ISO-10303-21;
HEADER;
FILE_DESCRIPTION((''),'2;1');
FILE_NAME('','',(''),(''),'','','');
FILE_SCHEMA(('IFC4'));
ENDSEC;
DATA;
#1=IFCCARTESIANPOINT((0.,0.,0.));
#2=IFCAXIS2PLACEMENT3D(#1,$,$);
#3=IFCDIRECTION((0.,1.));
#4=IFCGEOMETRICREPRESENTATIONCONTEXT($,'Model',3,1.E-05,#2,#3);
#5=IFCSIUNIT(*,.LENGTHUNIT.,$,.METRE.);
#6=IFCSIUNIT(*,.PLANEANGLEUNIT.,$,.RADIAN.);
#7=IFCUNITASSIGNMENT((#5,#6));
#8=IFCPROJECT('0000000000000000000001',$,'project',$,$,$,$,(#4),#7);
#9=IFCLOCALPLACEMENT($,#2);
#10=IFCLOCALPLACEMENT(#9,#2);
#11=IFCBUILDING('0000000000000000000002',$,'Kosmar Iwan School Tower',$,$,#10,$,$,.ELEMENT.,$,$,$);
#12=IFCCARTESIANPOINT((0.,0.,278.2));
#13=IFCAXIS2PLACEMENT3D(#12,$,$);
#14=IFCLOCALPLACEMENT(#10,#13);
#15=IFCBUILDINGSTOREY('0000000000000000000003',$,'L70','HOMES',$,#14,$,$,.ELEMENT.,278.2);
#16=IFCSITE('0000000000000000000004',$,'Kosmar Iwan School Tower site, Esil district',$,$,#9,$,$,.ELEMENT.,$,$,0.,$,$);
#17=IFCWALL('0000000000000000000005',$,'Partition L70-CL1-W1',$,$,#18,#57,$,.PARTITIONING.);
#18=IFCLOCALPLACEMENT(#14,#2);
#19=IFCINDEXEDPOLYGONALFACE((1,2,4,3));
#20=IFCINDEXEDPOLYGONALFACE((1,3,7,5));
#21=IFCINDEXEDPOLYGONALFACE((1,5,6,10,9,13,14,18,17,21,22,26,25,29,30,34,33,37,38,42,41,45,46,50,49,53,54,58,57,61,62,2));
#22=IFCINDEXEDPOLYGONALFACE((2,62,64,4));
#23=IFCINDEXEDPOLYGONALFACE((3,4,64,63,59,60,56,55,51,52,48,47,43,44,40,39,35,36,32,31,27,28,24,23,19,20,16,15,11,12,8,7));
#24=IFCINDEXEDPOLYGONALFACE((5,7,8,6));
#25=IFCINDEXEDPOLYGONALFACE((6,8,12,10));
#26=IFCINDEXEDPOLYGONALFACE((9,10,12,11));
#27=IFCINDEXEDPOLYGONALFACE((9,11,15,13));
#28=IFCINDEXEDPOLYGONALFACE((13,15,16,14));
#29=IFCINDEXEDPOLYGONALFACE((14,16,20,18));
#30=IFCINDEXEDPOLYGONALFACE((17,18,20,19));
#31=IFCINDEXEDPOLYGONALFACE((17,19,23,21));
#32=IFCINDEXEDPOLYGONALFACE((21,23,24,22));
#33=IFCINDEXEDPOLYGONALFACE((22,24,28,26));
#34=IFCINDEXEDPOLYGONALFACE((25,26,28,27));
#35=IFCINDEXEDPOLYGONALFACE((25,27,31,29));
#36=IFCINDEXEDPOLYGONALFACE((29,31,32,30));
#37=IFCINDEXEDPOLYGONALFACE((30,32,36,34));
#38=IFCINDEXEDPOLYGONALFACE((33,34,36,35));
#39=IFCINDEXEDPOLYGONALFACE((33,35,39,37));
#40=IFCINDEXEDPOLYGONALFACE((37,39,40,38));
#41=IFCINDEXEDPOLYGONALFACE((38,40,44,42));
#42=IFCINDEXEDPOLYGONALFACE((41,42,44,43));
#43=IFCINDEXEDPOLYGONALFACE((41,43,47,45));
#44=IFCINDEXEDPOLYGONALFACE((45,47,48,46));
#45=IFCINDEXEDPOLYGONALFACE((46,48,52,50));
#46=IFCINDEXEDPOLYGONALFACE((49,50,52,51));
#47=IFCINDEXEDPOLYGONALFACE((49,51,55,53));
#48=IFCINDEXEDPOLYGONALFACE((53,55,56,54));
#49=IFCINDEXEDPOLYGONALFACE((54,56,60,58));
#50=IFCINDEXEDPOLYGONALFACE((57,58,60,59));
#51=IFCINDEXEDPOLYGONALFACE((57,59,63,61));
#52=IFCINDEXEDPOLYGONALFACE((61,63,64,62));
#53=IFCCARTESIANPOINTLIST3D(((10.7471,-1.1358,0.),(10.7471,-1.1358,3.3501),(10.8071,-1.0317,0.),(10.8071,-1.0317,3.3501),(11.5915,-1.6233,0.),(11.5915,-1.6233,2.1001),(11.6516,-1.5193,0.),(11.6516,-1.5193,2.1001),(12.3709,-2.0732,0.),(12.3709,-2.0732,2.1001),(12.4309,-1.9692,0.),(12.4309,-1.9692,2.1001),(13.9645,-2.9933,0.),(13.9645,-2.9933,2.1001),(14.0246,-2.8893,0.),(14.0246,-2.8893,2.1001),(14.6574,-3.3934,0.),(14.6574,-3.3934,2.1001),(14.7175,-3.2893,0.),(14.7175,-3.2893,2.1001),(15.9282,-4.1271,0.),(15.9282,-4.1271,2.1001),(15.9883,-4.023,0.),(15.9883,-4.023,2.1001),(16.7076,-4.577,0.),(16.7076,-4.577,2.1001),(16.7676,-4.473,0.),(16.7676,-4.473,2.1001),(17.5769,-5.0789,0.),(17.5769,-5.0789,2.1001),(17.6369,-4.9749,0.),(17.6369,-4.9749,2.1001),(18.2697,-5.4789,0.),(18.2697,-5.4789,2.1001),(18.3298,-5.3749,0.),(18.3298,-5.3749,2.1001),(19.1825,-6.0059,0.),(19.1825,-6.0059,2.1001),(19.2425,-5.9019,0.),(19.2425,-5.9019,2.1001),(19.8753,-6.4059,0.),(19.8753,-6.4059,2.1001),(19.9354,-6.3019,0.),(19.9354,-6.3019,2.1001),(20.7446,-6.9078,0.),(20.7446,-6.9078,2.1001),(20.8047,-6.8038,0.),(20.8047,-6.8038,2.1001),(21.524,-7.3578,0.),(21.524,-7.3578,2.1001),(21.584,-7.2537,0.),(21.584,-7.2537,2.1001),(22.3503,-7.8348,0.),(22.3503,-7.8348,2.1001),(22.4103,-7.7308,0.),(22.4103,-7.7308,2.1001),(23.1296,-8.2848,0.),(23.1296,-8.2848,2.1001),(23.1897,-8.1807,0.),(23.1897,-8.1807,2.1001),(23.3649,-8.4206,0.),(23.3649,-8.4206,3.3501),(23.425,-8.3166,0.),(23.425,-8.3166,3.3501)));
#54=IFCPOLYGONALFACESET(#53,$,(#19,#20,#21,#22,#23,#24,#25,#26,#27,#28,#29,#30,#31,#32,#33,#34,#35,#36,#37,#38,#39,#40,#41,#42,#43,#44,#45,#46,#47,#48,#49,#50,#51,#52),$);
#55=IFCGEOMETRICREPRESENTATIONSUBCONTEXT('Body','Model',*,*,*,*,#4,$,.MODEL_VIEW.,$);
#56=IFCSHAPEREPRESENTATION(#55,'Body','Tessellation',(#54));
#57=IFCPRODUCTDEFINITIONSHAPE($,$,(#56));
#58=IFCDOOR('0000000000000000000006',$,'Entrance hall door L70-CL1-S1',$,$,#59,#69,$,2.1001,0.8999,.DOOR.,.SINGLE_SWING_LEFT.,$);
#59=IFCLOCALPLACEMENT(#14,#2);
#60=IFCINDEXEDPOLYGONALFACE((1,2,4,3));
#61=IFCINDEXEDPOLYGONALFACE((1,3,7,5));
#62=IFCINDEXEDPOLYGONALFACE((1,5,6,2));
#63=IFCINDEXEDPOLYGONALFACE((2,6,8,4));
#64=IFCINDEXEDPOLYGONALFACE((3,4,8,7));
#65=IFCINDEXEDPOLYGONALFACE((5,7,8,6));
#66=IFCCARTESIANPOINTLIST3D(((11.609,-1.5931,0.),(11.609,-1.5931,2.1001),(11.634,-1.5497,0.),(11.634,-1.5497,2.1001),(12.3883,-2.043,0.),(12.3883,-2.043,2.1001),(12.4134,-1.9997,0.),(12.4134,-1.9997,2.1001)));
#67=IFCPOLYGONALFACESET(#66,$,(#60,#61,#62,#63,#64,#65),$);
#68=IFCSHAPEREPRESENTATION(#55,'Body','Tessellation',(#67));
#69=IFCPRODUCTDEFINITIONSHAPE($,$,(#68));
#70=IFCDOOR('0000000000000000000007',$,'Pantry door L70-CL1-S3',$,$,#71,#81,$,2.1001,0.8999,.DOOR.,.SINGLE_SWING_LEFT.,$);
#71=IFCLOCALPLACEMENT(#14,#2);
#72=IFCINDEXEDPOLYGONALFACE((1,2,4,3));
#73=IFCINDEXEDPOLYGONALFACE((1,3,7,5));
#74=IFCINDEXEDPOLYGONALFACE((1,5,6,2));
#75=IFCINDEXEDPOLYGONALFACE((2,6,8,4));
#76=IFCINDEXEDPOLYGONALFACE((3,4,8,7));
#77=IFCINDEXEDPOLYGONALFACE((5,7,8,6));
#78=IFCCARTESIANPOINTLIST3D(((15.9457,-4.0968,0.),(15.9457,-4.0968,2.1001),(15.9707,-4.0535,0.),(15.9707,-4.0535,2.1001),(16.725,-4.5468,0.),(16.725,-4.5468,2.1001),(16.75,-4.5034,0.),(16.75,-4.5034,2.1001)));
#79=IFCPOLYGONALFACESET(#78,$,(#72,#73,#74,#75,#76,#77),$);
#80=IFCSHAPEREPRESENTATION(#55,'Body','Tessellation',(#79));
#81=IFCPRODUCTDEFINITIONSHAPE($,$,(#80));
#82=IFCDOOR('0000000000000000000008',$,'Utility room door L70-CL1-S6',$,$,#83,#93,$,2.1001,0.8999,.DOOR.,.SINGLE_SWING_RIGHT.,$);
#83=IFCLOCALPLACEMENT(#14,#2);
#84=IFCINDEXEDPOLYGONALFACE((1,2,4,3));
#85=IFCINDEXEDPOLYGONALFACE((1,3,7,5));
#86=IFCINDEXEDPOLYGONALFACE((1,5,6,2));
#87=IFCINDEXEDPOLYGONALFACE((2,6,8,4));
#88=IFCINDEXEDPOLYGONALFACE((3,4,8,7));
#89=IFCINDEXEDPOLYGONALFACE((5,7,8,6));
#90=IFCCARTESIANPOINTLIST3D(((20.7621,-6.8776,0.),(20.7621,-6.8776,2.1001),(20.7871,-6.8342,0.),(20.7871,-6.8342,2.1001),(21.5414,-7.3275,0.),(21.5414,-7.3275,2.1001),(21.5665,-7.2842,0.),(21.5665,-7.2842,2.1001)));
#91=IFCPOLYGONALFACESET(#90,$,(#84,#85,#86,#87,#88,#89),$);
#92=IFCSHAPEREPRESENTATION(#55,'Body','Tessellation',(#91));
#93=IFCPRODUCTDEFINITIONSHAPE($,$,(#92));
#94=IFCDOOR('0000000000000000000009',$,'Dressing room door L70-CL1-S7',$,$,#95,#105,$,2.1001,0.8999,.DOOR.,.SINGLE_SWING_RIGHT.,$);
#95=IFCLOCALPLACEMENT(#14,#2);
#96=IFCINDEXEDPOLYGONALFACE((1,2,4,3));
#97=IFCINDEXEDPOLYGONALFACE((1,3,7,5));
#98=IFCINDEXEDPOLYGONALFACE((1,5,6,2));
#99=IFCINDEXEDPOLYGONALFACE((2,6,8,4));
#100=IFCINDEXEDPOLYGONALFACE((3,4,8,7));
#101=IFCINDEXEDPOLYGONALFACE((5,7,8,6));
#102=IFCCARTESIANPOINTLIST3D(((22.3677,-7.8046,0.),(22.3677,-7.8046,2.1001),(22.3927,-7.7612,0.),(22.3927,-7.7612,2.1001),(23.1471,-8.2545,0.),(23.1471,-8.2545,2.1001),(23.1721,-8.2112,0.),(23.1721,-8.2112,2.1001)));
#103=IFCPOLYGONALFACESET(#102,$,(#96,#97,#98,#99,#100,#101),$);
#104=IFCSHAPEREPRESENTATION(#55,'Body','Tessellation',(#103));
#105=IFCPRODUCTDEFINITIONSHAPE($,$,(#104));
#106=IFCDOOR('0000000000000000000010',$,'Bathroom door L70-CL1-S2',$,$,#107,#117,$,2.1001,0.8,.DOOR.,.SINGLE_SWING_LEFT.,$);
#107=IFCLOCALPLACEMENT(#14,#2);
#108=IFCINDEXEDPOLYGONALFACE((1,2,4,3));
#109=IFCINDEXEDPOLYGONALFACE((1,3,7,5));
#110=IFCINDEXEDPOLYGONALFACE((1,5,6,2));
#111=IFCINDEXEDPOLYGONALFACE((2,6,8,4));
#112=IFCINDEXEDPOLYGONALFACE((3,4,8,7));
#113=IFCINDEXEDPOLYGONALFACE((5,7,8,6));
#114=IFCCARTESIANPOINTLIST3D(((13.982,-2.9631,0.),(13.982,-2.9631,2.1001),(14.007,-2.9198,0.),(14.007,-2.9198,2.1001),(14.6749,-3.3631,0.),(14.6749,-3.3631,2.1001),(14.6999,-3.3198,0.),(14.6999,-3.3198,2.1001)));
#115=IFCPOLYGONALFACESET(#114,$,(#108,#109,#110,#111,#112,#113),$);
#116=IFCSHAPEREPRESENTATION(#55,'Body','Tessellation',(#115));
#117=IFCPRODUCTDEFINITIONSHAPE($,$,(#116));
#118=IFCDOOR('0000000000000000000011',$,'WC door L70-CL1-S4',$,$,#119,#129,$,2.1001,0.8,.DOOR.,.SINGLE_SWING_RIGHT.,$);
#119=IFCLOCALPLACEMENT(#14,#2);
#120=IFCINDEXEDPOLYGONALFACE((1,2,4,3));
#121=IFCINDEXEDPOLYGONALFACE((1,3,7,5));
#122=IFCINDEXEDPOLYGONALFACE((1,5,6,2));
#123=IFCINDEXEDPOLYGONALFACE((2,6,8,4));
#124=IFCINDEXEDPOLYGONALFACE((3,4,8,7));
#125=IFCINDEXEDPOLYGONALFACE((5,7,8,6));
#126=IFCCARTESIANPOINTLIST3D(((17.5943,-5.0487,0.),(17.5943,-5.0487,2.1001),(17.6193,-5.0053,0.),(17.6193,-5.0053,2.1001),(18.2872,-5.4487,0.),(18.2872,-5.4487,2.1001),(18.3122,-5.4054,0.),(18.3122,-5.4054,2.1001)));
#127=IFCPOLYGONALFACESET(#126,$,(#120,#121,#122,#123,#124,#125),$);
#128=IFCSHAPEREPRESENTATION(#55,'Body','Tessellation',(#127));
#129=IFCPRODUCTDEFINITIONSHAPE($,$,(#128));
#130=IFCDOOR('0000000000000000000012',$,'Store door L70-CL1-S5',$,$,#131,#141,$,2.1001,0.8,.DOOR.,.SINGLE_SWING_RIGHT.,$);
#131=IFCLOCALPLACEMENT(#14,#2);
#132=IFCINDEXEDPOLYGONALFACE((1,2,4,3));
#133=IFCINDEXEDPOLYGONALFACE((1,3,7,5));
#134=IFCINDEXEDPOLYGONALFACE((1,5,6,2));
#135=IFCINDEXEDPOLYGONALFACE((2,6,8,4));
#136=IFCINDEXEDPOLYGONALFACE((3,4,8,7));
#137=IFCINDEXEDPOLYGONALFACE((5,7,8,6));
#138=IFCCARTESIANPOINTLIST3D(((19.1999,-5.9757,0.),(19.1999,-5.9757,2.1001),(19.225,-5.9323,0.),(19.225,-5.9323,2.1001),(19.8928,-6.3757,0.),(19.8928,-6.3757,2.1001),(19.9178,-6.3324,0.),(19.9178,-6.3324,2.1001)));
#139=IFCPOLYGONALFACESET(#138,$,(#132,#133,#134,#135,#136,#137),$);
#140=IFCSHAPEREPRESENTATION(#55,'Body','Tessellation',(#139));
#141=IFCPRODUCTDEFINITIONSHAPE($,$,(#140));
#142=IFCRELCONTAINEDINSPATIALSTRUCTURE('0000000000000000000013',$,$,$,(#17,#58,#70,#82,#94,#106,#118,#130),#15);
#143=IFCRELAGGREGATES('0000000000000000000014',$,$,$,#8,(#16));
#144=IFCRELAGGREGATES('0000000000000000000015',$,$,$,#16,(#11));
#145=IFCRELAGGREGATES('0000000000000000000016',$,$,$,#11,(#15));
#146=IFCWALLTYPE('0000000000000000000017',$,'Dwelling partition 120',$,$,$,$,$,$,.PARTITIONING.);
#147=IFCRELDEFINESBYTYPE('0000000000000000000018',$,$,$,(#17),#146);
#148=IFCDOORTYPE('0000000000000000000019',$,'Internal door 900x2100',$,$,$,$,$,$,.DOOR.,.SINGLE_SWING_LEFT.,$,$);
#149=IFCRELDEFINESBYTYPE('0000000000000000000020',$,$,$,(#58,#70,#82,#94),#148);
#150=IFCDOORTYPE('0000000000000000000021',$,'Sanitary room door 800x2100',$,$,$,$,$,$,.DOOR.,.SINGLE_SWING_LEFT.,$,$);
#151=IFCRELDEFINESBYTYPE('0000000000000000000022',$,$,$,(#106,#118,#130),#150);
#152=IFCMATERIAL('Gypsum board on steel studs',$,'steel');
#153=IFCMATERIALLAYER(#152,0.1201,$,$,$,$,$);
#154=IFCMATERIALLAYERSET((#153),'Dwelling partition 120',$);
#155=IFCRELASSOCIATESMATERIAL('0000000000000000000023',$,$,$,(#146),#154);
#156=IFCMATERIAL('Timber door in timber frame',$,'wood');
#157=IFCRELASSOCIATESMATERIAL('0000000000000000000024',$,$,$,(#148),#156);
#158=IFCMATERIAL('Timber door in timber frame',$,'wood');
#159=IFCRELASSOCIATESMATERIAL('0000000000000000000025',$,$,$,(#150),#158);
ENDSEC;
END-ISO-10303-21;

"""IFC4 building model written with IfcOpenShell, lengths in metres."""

from ifc_helpers import new_model, si_unit, direction, frame, frame_2d, origin, place, context, subcontext, project, spatial, rectangle, extrude, material, layer, layer_set, type_object, element, fill, save


model = new_model("IFC4")

# Units and contexts
model_context = context("Model", 3, precision=1e-05, world=origin(), true_north=direction((0.0, 1.0)))
body_context = subcontext(model_context, "Body", "Model", "MODEL_VIEW")
ifc_project = project(units=[si_unit("LENGTHUNIT", "METRE"), si_unit("PLANEANGLEUNIT", "RADIAN")], contexts=[model_context])

# Site, building, storey
site_placement = place(None, origin())
site = spatial("IfcSite", under=ifc_project, at=site_placement, Name="Kosmar Iwan School Tower site, Esil district", CompositionType="ELEMENT", RefElevation=0.0)
building_placement = place(site_placement, origin())
building = spatial("IfcBuilding", under=site, at=building_placement, Name="Kosmar Iwan School Tower", CompositionType="ELEMENT")
storey_placement = place(building_placement, frame((0.0, 0.0, 278.2)))
storey = spatial("IfcBuildingStorey", under=building, at=storey_placement, Name="L70", Description="HOMES", CompositionType="ELEMENT", Elevation=278.2)

# Wall, openings, doors
ifc_material_1 = material(Name="Gypsum board on steel studs", Category="steel")
ifc_layer_1 = layer(ifc_material_1, 0.1201)
ifc_layer_set_1 = layer_set([ifc_layer_1], Name="Dwelling partition 120")
wall_type_1 = type_object("IfcWallType", Name="Dwelling partition 120", PredefinedType="PARTITIONING", material=ifc_layer_set_1)
wall_1_placement = place(storey_placement, frame((10.7771, -1.0837, 0.0), z_axis=(0.0, 0.0, 1.0), x_axis=(0.866027, -0.499998, 0.0)))
wall_1 = element("IfcWall", 1, at=wall_1_placement, inside=storey, type_object=wall_type_1, Name="Partition L70-CL1-W1", PredefinedType="PARTITIONING", context=body_context, shape_type="SweptSolid", body=[
    extrude(rectangle(XDim=14.5698, YDim=0.1201, at=frame_2d((7.2849, 0.0))), origin(), (0.0, 0.0, 1.0), 3.3501),
])
opening_1_placement = place(wall_1_placement, frame((0.9751, 0.0, 0.0)))
opening_1 = element("IfcOpeningElement", 2, at=opening_1_placement, cuts=wall_1, PredefinedType="OPENING", context=body_context, shape_type="SweptSolid", body=[
    extrude(rectangle(XDim=0.8999, YDim=2.1001, at=frame_2d((0.45, 1.05))), frame((0.0, 0.072, 0.0), z_axis=(0.0, -1.0, 0.0), x_axis=(1.0, 0.0, 0.0)), (0.0, 0.0, 1.0), 0.144),
])
opening_2_placement = place(wall_1_placement, frame((3.7153, 0.0, 0.0)))
opening_2 = element("IfcOpeningElement", 3, at=opening_2_placement, cuts=wall_1, PredefinedType="OPENING", context=body_context, shape_type="SweptSolid", body=[
    extrude(rectangle(XDim=0.8, YDim=2.1001, at=frame_2d((0.3999, 1.05))), frame((0.0, 0.072, 0.0), z_axis=(0.0, -1.0, 0.0), x_axis=(1.0, 0.0, 0.0)), (0.0, 0.0, 1.0), 0.144),
])
opening_3_placement = place(wall_1_placement, frame((5.9827, 0.0, 0.0)))
opening_3 = element("IfcOpeningElement", 4, at=opening_3_placement, cuts=wall_1, PredefinedType="OPENING", context=body_context, shape_type="SweptSolid", body=[
    extrude(rectangle(XDim=0.8999, YDim=2.1001, at=frame_2d((0.45, 1.05))), frame((0.0, 0.072, 0.0), z_axis=(0.0, -1.0, 0.0), x_axis=(1.0, 0.0, 0.0)), (0.0, 0.0, 1.0), 0.144),
])
opening_4_placement = place(wall_1_placement, frame((7.8865, 0.0, 0.0)))
opening_4 = element("IfcOpeningElement", 5, at=opening_4_placement, cuts=wall_1, PredefinedType="OPENING", context=body_context, shape_type="SweptSolid", body=[
    extrude(rectangle(XDim=0.8, YDim=2.1001, at=frame_2d((0.3999, 1.05))), frame((0.0, 0.072, 0.0), z_axis=(0.0, -1.0, 0.0), x_axis=(1.0, 0.0, 0.0)), (0.0, 0.0, 1.0), 0.144),
])
opening_5_placement = place(wall_1_placement, frame((9.7405, 0.0, 0.0)))
opening_5 = element("IfcOpeningElement", 6, at=opening_5_placement, cuts=wall_1, PredefinedType="OPENING", context=body_context, shape_type="SweptSolid", body=[
    extrude(rectangle(XDim=0.8, YDim=2.1001, at=frame_2d((0.3999, 1.05))), frame((0.0, 0.072, 0.0), z_axis=(0.0, -1.0, 0.0), x_axis=(1.0, 0.0, 0.0)), (0.0, 0.0, 1.0), 0.144),
])
opening_6_placement = place(wall_1_placement, frame((11.5442, 0.0, 0.0)))
opening_6 = element("IfcOpeningElement", 7, at=opening_6_placement, cuts=wall_1, PredefinedType="OPENING", context=body_context, shape_type="SweptSolid", body=[
    extrude(rectangle(XDim=0.8999, YDim=2.1001, at=frame_2d((0.45, 1.05))), frame((0.0, 0.072, 0.0), z_axis=(0.0, -1.0, 0.0), x_axis=(1.0, 0.0, 0.0)), (0.0, 0.0, 1.0), 0.144),
])
opening_7_placement = place(wall_1_placement, frame((13.3982, 0.0, 0.0)))
opening_7 = element("IfcOpeningElement", 8, at=opening_7_placement, cuts=wall_1, PredefinedType="OPENING", context=body_context, shape_type="SweptSolid", body=[
    extrude(rectangle(XDim=0.8999, YDim=2.1001, at=frame_2d((0.45, 1.05))), frame((0.0, 0.072, 0.0), z_axis=(0.0, -1.0, 0.0), x_axis=(1.0, 0.0, 0.0)), (0.0, 0.0, 1.0), 0.144),
])
ifc_material_2 = material(Name="Timber door in timber frame", Category="wood")
door_type_1 = type_object("IfcDoorType", Name="Internal door 900x2100", OperationType="SINGLE_SWING_LEFT", PredefinedType="DOOR", material=ifc_material_2)
door_1_placement = place(opening_1_placement, origin())
door_1 = element("IfcDoor", 9, at=door_1_placement, inside=storey, type_object=door_type_1, Name="Entrance hall door L70-CL1-S1", OperationType="SINGLE_SWING_LEFT", OverallHeight=2.1001, OverallWidth=0.8999, PredefinedType="DOOR", context=body_context, shape_type="SweptSolid", body=[
    extrude(rectangle(XDim=0.8999, YDim=2.1001, at=frame_2d((0.45, 1.05))), frame((0.0, 0.0249, 0.0), z_axis=(0.0, -1.0, 0.0), x_axis=(1.0, 0.0, 0.0)), (0.0, 0.0, 1.0), 0.05),
])
fill(opening_1, door_1)
door_2_placement = place(opening_3_placement, origin())
door_2 = element("IfcDoor", 10, at=door_2_placement, inside=storey, type_object=door_type_1, Name="Pantry door L70-CL1-S3", OperationType="SINGLE_SWING_LEFT", OverallHeight=2.1001, OverallWidth=0.8999, PredefinedType="DOOR", context=body_context, shape_type="SweptSolid", body=[
    extrude(rectangle(XDim=0.8999, YDim=2.1001, at=frame_2d((0.45, 1.05))), frame((0.0, 0.0249, 0.0), z_axis=(0.0, -1.0, 0.0), x_axis=(1.0, 0.0, 0.0)), (0.0, 0.0, 1.0), 0.05),
])
fill(opening_3, door_2)
door_3_placement = place(opening_6_placement, origin())
door_3 = element("IfcDoor", 11, at=door_3_placement, inside=storey, type_object=door_type_1, Name="Utility room door L70-CL1-S6", OperationType="SINGLE_SWING_RIGHT", OverallHeight=2.1001, OverallWidth=0.8999, PredefinedType="DOOR", context=body_context, shape_type="SweptSolid", body=[
    extrude(rectangle(XDim=0.8999, YDim=2.1001, at=frame_2d((0.45, 1.05))), frame((0.0, 0.0249, 0.0), z_axis=(0.0, -1.0, 0.0), x_axis=(1.0, 0.0, 0.0)), (0.0, 0.0, 1.0), 0.05),
])
fill(opening_6, door_3)
door_4_placement = place(opening_7_placement, origin())
door_4 = element("IfcDoor", 12, at=door_4_placement, inside=storey, type_object=door_type_1, Name="Dressing room door L70-CL1-S7", OperationType="SINGLE_SWING_RIGHT", OverallHeight=2.1001, OverallWidth=0.8999, PredefinedType="DOOR", context=body_context, shape_type="SweptSolid", body=[
    extrude(rectangle(XDim=0.8999, YDim=2.1001, at=frame_2d((0.45, 1.05))), frame((0.0, 0.0249, 0.0), z_axis=(0.0, -1.0, 0.0), x_axis=(1.0, 0.0, 0.0)), (0.0, 0.0, 1.0), 0.05),
])
fill(opening_7, door_4)
ifc_material_3 = material(Name="Timber door in timber frame", Category="wood")
door_type_2 = type_object("IfcDoorType", Name="Sanitary room door 800x2100", OperationType="SINGLE_SWING_LEFT", PredefinedType="DOOR", material=ifc_material_3)
door_5_placement = place(opening_2_placement, origin())
door_5 = element("IfcDoor", 13, at=door_5_placement, inside=storey, type_object=door_type_2, Name="Bathroom door L70-CL1-S2", OperationType="SINGLE_SWING_LEFT", OverallHeight=2.1001, OverallWidth=0.8, PredefinedType="DOOR", context=body_context, shape_type="SweptSolid", body=[
    extrude(rectangle(XDim=0.8, YDim=2.1001, at=frame_2d((0.3999, 1.05))), frame((0.0, 0.0249, 0.0), z_axis=(0.0, -1.0, 0.0), x_axis=(1.0, 0.0, 0.0)), (0.0, 0.0, 1.0), 0.05),
])
fill(opening_2, door_5)
door_6_placement = place(opening_4_placement, origin())
door_6 = element("IfcDoor", 14, at=door_6_placement, inside=storey, type_object=door_type_2, Name="WC door L70-CL1-S4", OperationType="SINGLE_SWING_RIGHT", OverallHeight=2.1001, OverallWidth=0.8, PredefinedType="DOOR", context=body_context, shape_type="SweptSolid", body=[
    extrude(rectangle(XDim=0.8, YDim=2.1001, at=frame_2d((0.3999, 1.05))), frame((0.0, 0.0249, 0.0), z_axis=(0.0, -1.0, 0.0), x_axis=(1.0, 0.0, 0.0)), (0.0, 0.0, 1.0), 0.05),
])
fill(opening_4, door_6)
door_7_placement = place(opening_5_placement, origin())
door_7 = element("IfcDoor", 15, at=door_7_placement, inside=storey, type_object=door_type_2, Name="Store door L70-CL1-S5", OperationType="SINGLE_SWING_RIGHT", OverallHeight=2.1001, OverallWidth=0.8, PredefinedType="DOOR", context=body_context, shape_type="SweptSolid", body=[
    extrude(rectangle(XDim=0.8, YDim=2.1001, at=frame_2d((0.3999, 1.05))), frame((0.0, 0.0249, 0.0), z_axis=(0.0, -1.0, 0.0), x_axis=(1.0, 0.0, 0.0)), (0.0, 0.0, 1.0), 0.05),
])
fill(opening_5, door_7)

save(model, "model.ifc")
